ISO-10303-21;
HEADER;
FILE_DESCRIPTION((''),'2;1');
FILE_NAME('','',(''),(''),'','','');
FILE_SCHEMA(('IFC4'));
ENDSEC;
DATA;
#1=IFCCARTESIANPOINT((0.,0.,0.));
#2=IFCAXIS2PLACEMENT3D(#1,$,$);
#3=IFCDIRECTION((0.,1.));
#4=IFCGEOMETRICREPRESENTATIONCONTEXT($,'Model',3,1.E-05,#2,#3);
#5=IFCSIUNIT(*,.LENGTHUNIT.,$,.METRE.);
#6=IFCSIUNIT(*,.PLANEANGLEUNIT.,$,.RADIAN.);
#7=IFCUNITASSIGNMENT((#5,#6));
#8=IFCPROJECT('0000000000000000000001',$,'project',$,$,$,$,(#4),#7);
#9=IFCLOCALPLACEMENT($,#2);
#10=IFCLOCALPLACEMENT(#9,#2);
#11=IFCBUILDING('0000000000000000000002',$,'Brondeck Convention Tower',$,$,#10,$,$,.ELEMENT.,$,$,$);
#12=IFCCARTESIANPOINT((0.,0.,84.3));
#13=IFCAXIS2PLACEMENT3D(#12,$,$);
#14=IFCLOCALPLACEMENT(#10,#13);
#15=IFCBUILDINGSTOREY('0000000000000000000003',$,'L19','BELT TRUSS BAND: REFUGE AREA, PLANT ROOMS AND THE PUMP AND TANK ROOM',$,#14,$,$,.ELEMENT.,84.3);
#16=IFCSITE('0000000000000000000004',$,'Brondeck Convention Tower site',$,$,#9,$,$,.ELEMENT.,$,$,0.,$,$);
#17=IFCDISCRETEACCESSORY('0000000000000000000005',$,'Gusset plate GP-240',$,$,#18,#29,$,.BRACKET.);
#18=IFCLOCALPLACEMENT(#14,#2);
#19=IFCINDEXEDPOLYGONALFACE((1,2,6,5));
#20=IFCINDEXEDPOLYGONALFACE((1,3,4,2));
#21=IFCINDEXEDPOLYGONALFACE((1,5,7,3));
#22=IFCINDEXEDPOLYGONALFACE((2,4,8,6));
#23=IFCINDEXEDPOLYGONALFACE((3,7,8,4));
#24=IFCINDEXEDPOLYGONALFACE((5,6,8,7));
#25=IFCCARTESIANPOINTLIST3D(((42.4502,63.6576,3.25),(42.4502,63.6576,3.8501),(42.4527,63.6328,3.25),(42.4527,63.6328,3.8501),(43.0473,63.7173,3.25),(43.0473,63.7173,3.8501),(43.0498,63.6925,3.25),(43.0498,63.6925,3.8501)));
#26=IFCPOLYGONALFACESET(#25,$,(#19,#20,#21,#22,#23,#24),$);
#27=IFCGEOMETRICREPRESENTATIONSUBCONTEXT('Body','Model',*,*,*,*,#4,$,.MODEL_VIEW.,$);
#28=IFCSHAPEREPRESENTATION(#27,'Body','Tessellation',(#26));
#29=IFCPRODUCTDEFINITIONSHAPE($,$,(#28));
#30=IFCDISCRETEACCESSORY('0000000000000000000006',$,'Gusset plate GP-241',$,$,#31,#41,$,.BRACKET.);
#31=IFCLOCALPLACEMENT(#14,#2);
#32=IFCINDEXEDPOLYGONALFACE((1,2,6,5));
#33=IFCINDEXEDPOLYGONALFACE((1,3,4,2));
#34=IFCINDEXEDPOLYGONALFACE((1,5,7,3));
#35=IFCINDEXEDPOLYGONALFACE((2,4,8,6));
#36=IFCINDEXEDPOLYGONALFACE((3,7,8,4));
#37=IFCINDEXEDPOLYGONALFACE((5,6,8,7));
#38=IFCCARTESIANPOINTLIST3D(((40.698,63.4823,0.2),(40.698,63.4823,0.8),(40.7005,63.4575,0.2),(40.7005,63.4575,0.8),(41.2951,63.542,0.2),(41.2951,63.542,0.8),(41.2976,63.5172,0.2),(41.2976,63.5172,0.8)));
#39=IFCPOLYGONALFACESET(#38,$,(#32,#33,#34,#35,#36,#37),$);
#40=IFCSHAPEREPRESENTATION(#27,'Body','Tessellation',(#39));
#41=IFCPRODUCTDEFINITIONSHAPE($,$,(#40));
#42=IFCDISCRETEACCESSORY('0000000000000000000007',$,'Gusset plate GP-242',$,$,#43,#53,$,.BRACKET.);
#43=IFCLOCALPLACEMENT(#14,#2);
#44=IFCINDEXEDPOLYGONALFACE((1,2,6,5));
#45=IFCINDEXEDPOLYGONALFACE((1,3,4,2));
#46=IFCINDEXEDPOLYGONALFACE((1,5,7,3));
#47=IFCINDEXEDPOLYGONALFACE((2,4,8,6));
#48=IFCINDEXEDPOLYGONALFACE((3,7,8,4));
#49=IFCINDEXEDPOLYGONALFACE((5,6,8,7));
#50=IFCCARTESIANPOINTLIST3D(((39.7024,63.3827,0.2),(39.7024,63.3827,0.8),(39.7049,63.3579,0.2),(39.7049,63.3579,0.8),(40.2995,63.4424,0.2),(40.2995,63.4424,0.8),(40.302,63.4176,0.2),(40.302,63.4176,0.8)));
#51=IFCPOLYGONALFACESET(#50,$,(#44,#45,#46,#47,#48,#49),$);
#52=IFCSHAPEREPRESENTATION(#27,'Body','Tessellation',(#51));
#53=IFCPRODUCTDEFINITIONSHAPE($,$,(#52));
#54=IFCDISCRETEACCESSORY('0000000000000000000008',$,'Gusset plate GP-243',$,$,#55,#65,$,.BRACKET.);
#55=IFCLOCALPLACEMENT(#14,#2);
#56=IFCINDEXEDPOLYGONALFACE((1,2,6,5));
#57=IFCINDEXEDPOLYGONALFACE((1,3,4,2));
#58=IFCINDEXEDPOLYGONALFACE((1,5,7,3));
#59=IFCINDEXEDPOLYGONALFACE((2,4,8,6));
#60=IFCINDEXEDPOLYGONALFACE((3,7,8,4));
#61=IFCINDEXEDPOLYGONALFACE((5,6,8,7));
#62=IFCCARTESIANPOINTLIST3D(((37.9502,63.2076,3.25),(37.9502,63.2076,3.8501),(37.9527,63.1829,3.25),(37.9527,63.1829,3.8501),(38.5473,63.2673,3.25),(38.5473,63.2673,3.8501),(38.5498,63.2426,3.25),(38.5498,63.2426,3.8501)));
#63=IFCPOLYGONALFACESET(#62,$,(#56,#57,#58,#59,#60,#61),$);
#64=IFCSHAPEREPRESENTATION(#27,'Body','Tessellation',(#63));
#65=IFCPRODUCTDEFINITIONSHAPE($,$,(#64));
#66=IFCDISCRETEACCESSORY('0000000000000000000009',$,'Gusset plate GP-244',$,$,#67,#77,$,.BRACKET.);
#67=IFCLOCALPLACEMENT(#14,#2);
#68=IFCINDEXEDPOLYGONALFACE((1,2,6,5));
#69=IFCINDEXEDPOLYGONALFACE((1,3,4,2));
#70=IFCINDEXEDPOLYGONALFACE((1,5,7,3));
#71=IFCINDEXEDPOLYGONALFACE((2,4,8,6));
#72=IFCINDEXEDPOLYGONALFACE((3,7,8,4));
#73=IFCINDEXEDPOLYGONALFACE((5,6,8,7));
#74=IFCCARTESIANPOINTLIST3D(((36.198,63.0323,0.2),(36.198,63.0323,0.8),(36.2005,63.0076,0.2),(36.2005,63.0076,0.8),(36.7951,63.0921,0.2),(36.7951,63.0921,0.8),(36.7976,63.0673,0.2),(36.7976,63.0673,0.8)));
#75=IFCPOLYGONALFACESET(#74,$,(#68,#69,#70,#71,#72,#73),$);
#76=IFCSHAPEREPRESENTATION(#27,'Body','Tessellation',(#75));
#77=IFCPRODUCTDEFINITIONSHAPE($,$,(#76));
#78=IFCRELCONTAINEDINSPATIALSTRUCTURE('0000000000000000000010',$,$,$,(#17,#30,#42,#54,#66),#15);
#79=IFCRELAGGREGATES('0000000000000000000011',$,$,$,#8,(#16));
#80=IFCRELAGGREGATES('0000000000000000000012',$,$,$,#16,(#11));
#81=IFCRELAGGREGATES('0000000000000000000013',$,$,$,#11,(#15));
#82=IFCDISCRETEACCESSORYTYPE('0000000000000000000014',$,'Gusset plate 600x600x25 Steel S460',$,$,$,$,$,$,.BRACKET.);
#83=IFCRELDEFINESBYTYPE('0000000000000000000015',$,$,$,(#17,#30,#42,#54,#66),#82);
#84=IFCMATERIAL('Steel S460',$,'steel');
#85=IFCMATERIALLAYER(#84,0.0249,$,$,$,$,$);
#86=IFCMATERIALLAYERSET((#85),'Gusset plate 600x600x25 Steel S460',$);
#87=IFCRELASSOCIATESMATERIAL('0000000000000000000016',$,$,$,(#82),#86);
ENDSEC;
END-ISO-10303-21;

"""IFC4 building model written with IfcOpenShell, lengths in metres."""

from ifc_helpers import new_model, si_unit, direction, frame, origin, origin_2d, place, context, subcontext, project, spatial, rectangle, extrude, material, layer, layer_set, type_object, element, save


model = new_model("IFC4")

# Units and contexts
model_context = context("Model", 3, precision=1e-05, world=origin(), true_north=direction((0.0, 1.0)))
body_context = subcontext(model_context, "Body", "Model", "MODEL_VIEW")
ifc_project = project(units=[si_unit("LENGTHUNIT", "METRE"), si_unit("PLANEANGLEUNIT", "RADIAN")], contexts=[model_context])

# Site, building, storey
site_placement = place(None, origin())
site = spatial("IfcSite", under=ifc_project, at=site_placement, Name="Brondeck Convention Tower site", CompositionType="ELEMENT", RefElevation=0.0)
building_placement = place(site_placement, origin())
building = spatial("IfcBuilding", under=site, at=building_placement, Name="Brondeck Convention Tower", CompositionType="ELEMENT")
storey_placement = place(building_placement, frame((0.0, 0.0, 84.3)))
storey = spatial("IfcBuildingStorey", under=building, at=storey_placement, Name="L19", Description="BELT TRUSS BAND: REFUGE AREA, PLANT ROOMS AND THE PUMP AND TANK ROOM", CompositionType="ELEMENT", Elevation=84.3)

# Shared definitions
ifc_material_1 = material(Name="Steel S460", Category="steel")

# Discrete accessories
ifc_layer = layer(ifc_material_1, 0.0249)
ifc_layer_set = layer_set([ifc_layer], Name="Gusset plate 600x600x25 Steel S460")
discrete_accessory_type = type_object("IfcDiscreteAccessoryType", Name="Gusset plate 600x600x25 Steel S460", PredefinedType="BRACKET", material=ifc_layer_set)
for number, where, z_axis, x_axis, name in (
    (1, (42.75, 63.675, 3.25), (0.0, 0.0, 1.0), (0.995036, 0.099511, 0.0), "Gusset plate GP-240"),
    (2, (40.9978, 63.4998, 0.2), (0.0, 0.0, 1.0), (0.995036, 0.099511, 0.0), "Gusset plate GP-241"),
    (3, (40.0022, 63.4001, 0.2), (0.0, 0.0, 1.0), (0.995036, 0.099511, 0.0), "Gusset plate GP-242"),
    (4, (38.25, 63.2251, 3.25), (0.0, 0.0, 1.0), (0.995036, 0.099511, 0.0), "Gusset plate GP-243"),
    (5, (36.4978, 63.0498, 0.2), (0.0, 0.0, 1.0), (0.995036, 0.099511, 0.0), "Gusset plate GP-244"),
):
    element("IfcDiscreteAccessory", number, at=place(storey_placement, frame(where, z_axis=z_axis, x_axis=x_axis)), inside=storey, type_object=discrete_accessory_type, Name=name, PredefinedType="BRACKET", context=body_context, shape_type="SweptSolid", body=[
        extrude(rectangle(XDim=0.6001, YDim=0.0249, at=origin_2d()), origin(), (0.0, 0.0, 1.0), 0.6001),
    ])

save(model, "model.ifc")
